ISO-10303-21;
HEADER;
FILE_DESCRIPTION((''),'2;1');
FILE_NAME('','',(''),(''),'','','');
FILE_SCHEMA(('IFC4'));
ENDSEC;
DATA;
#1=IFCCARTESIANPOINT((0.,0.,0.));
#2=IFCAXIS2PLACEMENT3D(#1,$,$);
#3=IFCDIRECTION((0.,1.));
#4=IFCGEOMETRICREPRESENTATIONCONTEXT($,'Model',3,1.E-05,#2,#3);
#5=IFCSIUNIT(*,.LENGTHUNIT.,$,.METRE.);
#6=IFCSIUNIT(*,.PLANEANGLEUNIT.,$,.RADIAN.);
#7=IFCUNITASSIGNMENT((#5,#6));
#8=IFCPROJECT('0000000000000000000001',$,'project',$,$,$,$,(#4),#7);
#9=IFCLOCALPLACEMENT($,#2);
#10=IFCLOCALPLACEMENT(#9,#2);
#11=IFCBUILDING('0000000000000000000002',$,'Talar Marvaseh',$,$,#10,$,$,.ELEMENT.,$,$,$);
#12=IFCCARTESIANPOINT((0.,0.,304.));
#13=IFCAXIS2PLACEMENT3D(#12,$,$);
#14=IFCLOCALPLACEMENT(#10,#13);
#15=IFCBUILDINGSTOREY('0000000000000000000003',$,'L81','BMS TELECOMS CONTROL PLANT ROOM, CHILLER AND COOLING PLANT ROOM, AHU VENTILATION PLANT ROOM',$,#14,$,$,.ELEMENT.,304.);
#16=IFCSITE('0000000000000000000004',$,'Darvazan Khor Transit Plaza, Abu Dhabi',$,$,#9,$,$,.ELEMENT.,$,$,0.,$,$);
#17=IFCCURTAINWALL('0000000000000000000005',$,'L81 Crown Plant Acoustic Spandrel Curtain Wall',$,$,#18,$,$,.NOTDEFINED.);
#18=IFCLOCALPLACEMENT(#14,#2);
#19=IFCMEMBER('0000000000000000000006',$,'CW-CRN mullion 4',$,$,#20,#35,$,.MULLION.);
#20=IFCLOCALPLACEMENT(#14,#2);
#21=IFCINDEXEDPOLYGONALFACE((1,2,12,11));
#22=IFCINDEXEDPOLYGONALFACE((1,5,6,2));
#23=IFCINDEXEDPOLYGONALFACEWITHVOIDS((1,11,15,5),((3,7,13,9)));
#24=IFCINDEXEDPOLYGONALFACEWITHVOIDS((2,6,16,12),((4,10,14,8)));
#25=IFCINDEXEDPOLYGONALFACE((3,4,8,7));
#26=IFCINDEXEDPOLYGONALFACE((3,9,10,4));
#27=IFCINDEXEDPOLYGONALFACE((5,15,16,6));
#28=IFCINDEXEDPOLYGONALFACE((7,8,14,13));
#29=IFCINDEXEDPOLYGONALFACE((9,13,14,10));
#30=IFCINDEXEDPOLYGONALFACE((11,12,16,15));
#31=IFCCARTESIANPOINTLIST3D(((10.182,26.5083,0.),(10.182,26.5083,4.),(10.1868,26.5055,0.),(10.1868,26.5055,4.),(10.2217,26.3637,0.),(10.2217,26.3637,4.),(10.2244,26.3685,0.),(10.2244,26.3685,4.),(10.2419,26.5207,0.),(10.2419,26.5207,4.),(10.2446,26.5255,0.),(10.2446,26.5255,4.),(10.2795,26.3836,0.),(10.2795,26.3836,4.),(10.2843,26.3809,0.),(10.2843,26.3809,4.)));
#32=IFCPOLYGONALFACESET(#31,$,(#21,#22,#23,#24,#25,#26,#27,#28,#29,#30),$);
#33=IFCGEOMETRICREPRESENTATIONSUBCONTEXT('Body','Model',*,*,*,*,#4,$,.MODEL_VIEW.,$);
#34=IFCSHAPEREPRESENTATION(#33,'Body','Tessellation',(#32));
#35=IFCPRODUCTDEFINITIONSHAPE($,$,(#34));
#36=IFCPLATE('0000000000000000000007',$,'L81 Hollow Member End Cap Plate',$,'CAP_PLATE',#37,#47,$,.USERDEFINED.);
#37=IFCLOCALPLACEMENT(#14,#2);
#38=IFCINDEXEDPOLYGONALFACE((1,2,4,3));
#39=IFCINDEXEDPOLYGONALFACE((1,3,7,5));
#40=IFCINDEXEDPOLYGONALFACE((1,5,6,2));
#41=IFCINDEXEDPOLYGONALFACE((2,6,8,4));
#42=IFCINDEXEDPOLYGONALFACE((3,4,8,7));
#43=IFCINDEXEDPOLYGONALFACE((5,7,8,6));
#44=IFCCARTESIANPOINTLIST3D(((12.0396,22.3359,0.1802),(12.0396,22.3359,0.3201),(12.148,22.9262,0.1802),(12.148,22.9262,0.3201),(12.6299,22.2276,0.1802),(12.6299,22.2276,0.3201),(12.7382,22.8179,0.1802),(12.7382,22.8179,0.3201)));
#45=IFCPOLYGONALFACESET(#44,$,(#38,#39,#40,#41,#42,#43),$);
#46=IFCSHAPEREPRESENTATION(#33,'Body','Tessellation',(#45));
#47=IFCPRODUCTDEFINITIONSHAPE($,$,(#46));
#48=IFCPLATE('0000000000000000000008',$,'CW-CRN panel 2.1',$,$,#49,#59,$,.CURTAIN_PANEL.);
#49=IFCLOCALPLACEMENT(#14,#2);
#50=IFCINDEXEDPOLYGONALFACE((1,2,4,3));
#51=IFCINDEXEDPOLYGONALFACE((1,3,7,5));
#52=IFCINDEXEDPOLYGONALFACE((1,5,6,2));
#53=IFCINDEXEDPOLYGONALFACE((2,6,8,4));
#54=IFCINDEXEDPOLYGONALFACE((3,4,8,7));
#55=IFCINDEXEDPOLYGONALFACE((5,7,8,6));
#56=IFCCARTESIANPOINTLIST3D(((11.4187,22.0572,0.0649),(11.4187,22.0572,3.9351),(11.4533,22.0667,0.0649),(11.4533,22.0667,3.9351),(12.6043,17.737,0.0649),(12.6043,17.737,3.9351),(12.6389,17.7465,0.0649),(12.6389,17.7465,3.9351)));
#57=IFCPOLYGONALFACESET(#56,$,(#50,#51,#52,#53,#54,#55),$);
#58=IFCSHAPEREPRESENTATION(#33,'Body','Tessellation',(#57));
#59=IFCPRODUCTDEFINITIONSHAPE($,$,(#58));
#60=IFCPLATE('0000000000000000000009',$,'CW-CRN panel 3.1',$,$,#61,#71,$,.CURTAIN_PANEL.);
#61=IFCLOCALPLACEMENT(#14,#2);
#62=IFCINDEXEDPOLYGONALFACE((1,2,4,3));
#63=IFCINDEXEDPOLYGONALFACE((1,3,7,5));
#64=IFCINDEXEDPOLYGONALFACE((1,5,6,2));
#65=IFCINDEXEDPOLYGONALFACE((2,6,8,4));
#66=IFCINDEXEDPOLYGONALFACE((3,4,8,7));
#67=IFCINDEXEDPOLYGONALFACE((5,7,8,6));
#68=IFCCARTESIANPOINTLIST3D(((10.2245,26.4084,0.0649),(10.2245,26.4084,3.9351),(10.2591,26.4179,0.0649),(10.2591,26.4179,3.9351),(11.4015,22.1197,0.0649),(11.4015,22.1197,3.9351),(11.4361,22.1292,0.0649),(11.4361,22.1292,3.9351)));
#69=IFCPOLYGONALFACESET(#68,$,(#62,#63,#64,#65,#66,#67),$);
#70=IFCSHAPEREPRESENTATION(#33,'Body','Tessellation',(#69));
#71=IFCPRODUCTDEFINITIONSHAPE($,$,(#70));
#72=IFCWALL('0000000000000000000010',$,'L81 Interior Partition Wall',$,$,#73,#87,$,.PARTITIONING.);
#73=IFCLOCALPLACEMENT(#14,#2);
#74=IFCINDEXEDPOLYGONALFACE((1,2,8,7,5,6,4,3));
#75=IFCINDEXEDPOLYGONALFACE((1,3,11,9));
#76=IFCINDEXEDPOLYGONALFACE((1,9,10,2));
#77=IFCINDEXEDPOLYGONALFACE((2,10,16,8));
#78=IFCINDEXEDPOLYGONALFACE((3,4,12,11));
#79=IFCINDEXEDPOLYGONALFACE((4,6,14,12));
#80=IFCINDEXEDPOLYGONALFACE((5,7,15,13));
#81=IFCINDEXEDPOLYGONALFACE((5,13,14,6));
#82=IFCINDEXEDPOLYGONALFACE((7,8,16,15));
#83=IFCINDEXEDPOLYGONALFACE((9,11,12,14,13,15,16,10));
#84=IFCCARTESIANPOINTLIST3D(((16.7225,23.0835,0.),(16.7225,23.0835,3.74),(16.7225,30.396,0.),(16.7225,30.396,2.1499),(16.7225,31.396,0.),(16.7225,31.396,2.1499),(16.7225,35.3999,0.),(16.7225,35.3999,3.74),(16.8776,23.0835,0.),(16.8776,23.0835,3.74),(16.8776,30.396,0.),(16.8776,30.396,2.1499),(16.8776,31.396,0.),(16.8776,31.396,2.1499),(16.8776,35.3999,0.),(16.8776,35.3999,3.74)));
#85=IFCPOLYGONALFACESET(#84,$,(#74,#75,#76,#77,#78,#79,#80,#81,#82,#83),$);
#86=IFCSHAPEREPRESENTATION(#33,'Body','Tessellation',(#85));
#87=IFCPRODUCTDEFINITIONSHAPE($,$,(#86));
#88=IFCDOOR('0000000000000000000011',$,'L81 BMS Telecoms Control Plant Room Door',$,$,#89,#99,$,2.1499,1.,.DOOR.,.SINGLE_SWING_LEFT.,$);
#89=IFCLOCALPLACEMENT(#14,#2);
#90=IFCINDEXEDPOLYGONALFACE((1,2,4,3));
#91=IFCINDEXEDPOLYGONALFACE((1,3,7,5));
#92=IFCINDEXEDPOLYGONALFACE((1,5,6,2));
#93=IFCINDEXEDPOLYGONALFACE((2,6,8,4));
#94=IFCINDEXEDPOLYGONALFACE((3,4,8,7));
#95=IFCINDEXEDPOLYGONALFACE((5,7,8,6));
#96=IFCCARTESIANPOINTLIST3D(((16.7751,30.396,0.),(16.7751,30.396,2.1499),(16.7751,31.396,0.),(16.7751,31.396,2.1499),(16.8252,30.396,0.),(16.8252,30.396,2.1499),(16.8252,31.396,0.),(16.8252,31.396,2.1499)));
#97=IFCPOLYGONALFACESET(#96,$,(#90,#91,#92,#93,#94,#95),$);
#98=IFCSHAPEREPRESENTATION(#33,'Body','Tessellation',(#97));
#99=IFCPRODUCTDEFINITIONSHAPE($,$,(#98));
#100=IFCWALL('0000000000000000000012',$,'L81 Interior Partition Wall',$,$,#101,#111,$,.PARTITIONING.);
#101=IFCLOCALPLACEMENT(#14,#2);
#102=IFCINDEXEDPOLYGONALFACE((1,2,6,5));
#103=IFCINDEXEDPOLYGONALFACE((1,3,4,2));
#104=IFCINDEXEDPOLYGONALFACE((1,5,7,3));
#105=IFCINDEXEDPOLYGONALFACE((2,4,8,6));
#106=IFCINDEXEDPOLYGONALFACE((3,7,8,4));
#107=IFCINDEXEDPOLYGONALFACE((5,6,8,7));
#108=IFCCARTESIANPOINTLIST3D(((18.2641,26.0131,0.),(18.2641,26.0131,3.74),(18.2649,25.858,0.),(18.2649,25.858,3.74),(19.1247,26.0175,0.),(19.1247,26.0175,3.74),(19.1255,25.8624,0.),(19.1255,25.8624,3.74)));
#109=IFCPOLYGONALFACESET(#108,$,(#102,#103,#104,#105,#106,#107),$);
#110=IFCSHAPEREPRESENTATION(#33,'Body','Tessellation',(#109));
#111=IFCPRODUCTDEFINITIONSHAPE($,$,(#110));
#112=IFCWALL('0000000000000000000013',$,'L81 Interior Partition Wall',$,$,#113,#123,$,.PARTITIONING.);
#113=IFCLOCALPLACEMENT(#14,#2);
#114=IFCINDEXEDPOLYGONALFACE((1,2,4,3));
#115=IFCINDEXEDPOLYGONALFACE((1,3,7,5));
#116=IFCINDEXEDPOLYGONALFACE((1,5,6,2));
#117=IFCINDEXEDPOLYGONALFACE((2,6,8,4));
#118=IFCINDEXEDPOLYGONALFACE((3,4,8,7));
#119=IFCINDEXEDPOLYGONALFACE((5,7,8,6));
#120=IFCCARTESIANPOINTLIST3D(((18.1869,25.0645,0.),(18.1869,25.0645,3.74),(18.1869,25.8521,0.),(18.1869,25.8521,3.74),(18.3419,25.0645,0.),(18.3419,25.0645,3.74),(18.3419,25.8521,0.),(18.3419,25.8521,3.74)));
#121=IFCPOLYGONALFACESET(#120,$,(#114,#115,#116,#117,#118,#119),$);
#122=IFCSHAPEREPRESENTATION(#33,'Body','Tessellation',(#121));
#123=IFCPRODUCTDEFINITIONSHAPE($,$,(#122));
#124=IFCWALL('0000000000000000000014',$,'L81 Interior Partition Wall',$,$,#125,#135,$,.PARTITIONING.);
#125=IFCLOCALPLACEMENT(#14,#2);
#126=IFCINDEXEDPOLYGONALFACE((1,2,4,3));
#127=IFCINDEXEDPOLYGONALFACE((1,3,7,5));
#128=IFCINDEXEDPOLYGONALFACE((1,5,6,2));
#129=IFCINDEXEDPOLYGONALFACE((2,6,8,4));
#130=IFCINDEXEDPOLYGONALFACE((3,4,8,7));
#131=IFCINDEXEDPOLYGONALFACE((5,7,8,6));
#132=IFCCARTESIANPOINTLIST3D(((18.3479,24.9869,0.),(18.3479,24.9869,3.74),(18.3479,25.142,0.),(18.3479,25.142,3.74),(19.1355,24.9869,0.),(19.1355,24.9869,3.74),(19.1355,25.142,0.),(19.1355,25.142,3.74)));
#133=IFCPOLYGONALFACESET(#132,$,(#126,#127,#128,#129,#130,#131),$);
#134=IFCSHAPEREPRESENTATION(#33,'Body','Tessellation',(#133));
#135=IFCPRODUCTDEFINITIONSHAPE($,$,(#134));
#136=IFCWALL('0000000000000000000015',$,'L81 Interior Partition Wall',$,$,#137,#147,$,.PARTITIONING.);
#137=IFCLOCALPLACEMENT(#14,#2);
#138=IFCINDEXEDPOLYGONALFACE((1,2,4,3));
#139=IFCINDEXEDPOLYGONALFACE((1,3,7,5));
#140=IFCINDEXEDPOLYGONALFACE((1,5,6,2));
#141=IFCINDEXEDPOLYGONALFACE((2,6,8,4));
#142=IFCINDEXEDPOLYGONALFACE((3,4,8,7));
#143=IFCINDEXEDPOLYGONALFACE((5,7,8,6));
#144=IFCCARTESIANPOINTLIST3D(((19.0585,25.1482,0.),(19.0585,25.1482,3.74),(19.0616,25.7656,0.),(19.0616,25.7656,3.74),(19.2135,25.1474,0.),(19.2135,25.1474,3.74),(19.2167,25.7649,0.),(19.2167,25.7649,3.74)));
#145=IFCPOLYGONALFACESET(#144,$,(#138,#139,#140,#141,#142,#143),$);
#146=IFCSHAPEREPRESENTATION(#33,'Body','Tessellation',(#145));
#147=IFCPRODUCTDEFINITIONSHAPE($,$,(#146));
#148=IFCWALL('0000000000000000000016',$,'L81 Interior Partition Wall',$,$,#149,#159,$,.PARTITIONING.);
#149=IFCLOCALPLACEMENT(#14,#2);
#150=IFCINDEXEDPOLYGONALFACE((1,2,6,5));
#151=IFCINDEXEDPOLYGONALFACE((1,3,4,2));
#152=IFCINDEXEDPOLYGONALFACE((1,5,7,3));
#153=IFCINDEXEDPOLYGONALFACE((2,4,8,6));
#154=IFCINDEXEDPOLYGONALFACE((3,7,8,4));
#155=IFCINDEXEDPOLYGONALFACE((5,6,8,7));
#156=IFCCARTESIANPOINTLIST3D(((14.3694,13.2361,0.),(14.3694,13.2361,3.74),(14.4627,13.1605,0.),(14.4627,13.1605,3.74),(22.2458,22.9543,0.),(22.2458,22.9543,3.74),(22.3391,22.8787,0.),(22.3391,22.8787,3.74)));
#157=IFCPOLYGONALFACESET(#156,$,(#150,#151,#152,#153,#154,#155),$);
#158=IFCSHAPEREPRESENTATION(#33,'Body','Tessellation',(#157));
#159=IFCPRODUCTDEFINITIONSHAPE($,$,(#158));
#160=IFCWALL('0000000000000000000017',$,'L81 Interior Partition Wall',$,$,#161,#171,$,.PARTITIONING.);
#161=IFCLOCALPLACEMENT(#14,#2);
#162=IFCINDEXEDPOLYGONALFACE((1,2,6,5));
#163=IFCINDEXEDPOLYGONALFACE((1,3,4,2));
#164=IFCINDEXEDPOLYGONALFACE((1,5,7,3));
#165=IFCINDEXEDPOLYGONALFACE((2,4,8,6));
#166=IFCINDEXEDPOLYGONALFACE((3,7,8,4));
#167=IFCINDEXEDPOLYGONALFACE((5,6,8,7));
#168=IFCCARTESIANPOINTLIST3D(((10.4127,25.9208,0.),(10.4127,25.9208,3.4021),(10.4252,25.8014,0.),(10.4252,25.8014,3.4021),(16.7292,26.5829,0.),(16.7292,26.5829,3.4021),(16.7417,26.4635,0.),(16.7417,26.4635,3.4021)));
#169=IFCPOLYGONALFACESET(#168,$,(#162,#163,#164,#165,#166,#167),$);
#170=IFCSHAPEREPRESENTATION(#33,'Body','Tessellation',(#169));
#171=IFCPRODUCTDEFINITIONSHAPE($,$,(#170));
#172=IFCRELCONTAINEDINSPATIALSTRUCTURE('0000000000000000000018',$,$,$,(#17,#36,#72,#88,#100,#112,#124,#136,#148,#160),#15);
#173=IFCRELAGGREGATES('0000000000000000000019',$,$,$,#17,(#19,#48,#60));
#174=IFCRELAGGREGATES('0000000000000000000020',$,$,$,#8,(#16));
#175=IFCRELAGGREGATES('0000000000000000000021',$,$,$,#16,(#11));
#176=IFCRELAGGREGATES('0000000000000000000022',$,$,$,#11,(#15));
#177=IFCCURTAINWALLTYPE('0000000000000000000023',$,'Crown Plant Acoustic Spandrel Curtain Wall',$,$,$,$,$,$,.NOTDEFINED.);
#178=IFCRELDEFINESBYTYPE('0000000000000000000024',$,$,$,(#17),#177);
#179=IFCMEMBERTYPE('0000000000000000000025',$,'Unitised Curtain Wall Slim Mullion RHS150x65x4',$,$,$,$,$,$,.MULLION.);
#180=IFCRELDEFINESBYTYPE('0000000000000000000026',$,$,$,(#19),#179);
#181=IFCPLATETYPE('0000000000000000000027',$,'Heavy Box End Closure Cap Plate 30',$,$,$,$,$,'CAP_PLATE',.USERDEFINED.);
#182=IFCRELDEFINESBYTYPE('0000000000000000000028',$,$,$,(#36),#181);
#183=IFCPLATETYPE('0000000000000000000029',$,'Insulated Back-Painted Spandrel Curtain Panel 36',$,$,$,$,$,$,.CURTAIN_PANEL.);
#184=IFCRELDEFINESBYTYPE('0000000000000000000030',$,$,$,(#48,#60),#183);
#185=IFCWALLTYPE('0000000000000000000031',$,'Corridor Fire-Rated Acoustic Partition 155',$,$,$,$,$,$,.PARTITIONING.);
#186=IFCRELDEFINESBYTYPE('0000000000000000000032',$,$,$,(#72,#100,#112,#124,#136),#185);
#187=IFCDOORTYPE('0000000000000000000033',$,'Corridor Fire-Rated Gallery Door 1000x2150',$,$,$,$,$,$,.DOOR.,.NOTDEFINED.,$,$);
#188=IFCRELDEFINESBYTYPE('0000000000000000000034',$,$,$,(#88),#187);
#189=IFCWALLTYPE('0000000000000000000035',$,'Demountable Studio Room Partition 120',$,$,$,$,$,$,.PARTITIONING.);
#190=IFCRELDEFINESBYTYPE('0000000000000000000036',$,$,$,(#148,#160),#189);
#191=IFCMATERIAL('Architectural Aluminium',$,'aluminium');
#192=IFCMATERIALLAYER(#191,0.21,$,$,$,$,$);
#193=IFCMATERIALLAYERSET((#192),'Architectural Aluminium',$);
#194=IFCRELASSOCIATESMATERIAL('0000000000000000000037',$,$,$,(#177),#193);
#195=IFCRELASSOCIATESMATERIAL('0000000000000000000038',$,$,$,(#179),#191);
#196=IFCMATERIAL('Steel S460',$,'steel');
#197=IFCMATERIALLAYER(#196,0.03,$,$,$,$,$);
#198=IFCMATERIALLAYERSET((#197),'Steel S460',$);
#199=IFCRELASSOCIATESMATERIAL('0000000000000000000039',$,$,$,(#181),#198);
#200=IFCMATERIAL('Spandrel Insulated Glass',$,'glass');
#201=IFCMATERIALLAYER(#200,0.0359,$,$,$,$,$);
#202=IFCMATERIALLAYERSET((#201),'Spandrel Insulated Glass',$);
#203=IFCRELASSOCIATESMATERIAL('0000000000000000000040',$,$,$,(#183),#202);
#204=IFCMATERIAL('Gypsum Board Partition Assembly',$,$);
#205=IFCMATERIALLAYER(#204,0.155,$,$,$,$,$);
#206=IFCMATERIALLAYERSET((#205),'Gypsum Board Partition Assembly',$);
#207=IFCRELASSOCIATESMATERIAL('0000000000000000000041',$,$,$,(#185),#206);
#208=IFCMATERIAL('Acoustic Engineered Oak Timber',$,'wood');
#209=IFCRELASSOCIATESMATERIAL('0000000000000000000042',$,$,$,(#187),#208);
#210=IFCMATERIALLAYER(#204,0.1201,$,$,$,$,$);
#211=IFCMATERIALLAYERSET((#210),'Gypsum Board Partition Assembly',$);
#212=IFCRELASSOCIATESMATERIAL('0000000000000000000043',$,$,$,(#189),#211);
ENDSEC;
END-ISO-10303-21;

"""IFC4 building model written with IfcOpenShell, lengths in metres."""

from ifc_helpers import new_model, si_unit, direction, frame, frame_2d, origin, origin_2d, place, context, subcontext, project, spatial, rectangle, hollow_rectangle, extrude, source, transform, mapped, material, layer, layer_set, material_profile, profile_set, type_object, type_shapes, element, fill, aggregate, save


model = new_model("IFC4")

# Units and contexts
model_context = context("Model", 3, precision=1e-05, world=origin(), true_north=direction((0.0, 1.0)))
body_context = subcontext(model_context, "Body", "Model", "MODEL_VIEW")
ifc_project = project(units=[si_unit("LENGTHUNIT", "METRE"), si_unit("PLANEANGLEUNIT", "RADIAN")], contexts=[model_context])

# Site, building, storey
site_placement = place(None, origin())
site = spatial("IfcSite", under=ifc_project, at=site_placement, Name="Darvazan Khor Transit Plaza, Abu Dhabi", CompositionType="ELEMENT", RefElevation=0.0)
building_placement = place(site_placement, origin())
building = spatial("IfcBuilding", under=site, at=building_placement, Name="Talar Marvaseh", CompositionType="ELEMENT")
storey_placement = place(building_placement, frame((0.0, 0.0, 304.0)))
storey = spatial("IfcBuildingStorey", under=building, at=storey_placement, Name="L81", Description="BMS TELECOMS CONTROL PLANT ROOM, CHILLER AND COOLING PLANT ROOM, AHU VENTILATION PLANT ROOM", CompositionType="ELEMENT", Elevation=304.0)

# Shared definitions
ifc_material_1 = material(Name="Steel S460", Category="steel")

# Curtain wall, member
ifc_material_2 = material(Name="Architectural Aluminium", Category="aluminium")
ifc_layer_1 = layer(ifc_material_2, 0.21)
ifc_layer_set_1 = layer_set([ifc_layer_1], Name="Architectural Aluminium")
curtain_wall_type = type_object("IfcCurtainWallType", Name="Crown Plant Acoustic Spandrel Curtain Wall", PredefinedType="NOTDEFINED", material=ifc_layer_set_1)
curtain_wall_placement = place(storey_placement, origin())
curtain_wall = element("IfcCurtainWall", 1, at=curtain_wall_placement, inside=storey, type_object=curtain_wall_type, Name="L81 Crown Plant Acoustic Spandrel Curtain Wall", PredefinedType="NOTDEFINED")
ifc_material_profile_1 = material_profile(ifc_material_2, hollow_rectangle(XDim=0.0649, YDim=0.1499, WallThickness=0.0039, at=origin_2d()), Name="RHS150x65x4")
ifc_profile_set_1 = profile_set([ifc_material_profile_1], Name="Architectural Aluminium")
member_type_1 = type_object("IfcMemberType", Name="Unitised Curtain Wall Slim Mullion RHS150x65x4", PredefinedType="MULLION", material=ifc_profile_set_1)
shared_shape_1 = source(origin(), body_context, "Body", "SweptSolid", [
    extrude(hollow_rectangle(XDim=0.0649, YDim=0.1499, WallThickness=0.0039, at=origin_2d()), origin(), (0.0, 0.0, 1.0), 4.0),
])
type_shapes(member_type_1, [shared_shape_1])
member_1_placement = place(storey_placement, frame((10.2332, 26.4446, 0.0), z_axis=(0.0, 0.0, 1.0), x_axis=(-0.964345, -0.264649, 0.0)))
member_1 = element("IfcMember", 2, at=member_1_placement, type_object=member_type_1, Name="CW-CRN mullion 4", PredefinedType="MULLION", context=body_context, shape_type="MappedRepresentation", body=[
    mapped(shared_shape_1, transform((0.0, 0.0, 0.0), x_axis=(1.0, 0.0, 0.0), y_axis=(0.0, 1.0, 0.0), z_axis=(0.0, 0.0, 1.0), scale=1.0)),
])

# Plates
ifc_layer_2 = layer(ifc_material_1, 0.03)
ifc_layer_set_2 = layer_set([ifc_layer_2], Name="Steel S460")
plate_type_1 = type_object("IfcPlateType", Name="Heavy Box End Closure Cap Plate 30", ElementType="CAP_PLATE", PredefinedType="USERDEFINED", material=ifc_layer_set_2)
shared_shape_2 = source(origin(), body_context, "Body", "SweptSolid", [
    extrude(rectangle(XDim=0.6001, YDim=0.6001, at=origin_2d()), origin(), (0.0, 0.0, 1.0), 0.1399),
])
type_shapes(plate_type_1, [shared_shape_2])
plate_1_placement = place(storey_placement, frame((12.3889, 22.5769, 0.1802), z_axis=(0.0, 0.0, 1.0), x_axis=(0.180519, 0.983571, 0.0)))
element("IfcPlate", 3, at=plate_1_placement, inside=storey, type_object=plate_type_1, Name="L81 Hollow Member End Cap Plate", ObjectType="CAP_PLATE", PredefinedType="USERDEFINED", context=body_context, shape_type="MappedRepresentation", body=[
    mapped(shared_shape_2, transform((0.0, 0.0, 0.0), x_axis=(1.0, 0.0, 0.0), y_axis=(0.0, 1.0, 0.0), z_axis=(0.0, 0.0, 1.0), scale=1.0)),
])
ifc_material_3 = material(Name="Spandrel Insulated Glass", Category="glass")
ifc_layer_3 = layer(ifc_material_3, 0.0359)
ifc_layer_set_3 = layer_set([ifc_layer_3], Name="Spandrel Insulated Glass")
plate_type_2 = type_object("IfcPlateType", Name="Insulated Back-Painted Spandrel Curtain Panel 36", PredefinedType="CURTAIN_PANEL", material=ifc_layer_set_3)
shared_shape_3 = source(origin(), body_context, "Body", "SweptSolid", [
    extrude(rectangle(XDim=4.48, YDim=0.0359, at=origin_2d()), origin(), (0.0, 0.0, 1.0), 3.8701),
])
plate_2_placement = place(storey_placement, frame((12.0288, 19.9019, 0.0649), z_axis=(0.0, 0.0, 1.0), x_axis=(-0.264649, 0.964345, 0.0)))
plate_2 = element("IfcPlate", 4, at=plate_2_placement, type_object=plate_type_2, Name="CW-CRN panel 2.1", PredefinedType="CURTAIN_PANEL", context=body_context, shape_type="MappedRepresentation", body=[
    mapped(shared_shape_3, transform((0.0, 0.0, 0.0), x_axis=(1.0, 0.0, 0.0), y_axis=(0.0, 1.0, 0.0), z_axis=(0.0, 0.0, 1.0), scale=1.0)),
])
shared_shape_4 = source(origin(), body_context, "Body", "SweptSolid", [
    extrude(rectangle(XDim=4.4473, YDim=0.0359, at=origin_2d()), origin(), (0.0, 0.0, 1.0), 3.8701),
])
type_shapes(plate_type_2, [shared_shape_3, shared_shape_4])
plate_3_placement = place(storey_placement, frame((10.8303, 24.2688, 0.0649), z_axis=(0.0, 0.0, 1.0), x_axis=(-0.264649, 0.964345, 0.0)))
plate_3 = element("IfcPlate", 5, at=plate_3_placement, type_object=plate_type_2, Name="CW-CRN panel 3.1", PredefinedType="CURTAIN_PANEL", context=body_context, shape_type="MappedRepresentation", body=[
    mapped(shared_shape_4, transform((0.0, 0.0, 0.0), x_axis=(1.0, 0.0, 0.0), y_axis=(0.0, 1.0, 0.0), z_axis=(0.0, 0.0, 1.0), scale=1.0)),
])
aggregate(curtain_wall, [member_1, plate_2, plate_3])

# Wall, opening, door
ifc_material_4 = material(Name="Gypsum Board Partition Assembly")
ifc_layer_4 = layer(ifc_material_4, 0.155)
ifc_layer_set_4 = layer_set([ifc_layer_4], Name="Gypsum Board Partition Assembly")
wall_type_1 = type_object("IfcWallType", Name="Corridor Fire-Rated Acoustic Partition 155", PredefinedType="PARTITIONING", material=ifc_layer_set_4)
wall_1_placement = place(storey_placement, frame((16.8, 23.0835, 0.0), z_axis=(0.0, 0.0, 1.0), x_axis=(0.0, 1.0, 0.0)))
wall_1 = element("IfcWall", 6, at=wall_1_placement, inside=storey, type_object=wall_type_1, Name="L81 Interior Partition Wall", PredefinedType="PARTITIONING", context=body_context, shape_type="SweptSolid", body=[
    extrude(rectangle(XDim=12.3164, YDim=0.155, at=frame_2d((6.1582, 0.0))), origin(), (0.0, 0.0, 1.0), 3.74),
])
opening_placement = place(wall_1_placement, frame((7.3125, 0.0, 0.0)))
opening = element("IfcOpeningElement", 7, at=opening_placement, cuts=wall_1, PredefinedType="OPENING", context=body_context, shape_type="SweptSolid", body=[
    extrude(rectangle(XDim=1.0, YDim=2.1499, at=frame_2d((0.5, 1.075))), frame((0.0, 0.0874, 0.0), z_axis=(0.0, -1.0, 0.0), x_axis=(1.0, 0.0, 0.0)), (0.0, 0.0, 1.0), 0.175),
])
ifc_material_5 = material(Name="Acoustic Engineered Oak Timber", Category="wood")
door_type = type_object("IfcDoorType", Name="Corridor Fire-Rated Gallery Door 1000x2150", OperationType="NOTDEFINED", PredefinedType="DOOR", material=ifc_material_5)
shared_shape_5 = source(origin(), body_context, "Body", "SweptSolid", [
    extrude(rectangle(XDim=1.0, YDim=2.1499, at=frame_2d((0.5, 1.075))), frame((0.0, 0.0249, 0.0), z_axis=(0.0, -1.0, 0.0), x_axis=(1.0, 0.0, 0.0)), (0.0, 0.0, 1.0), 0.05),
])
type_shapes(door_type, [shared_shape_5])
door_placement = place(opening_placement, origin())
door = element("IfcDoor", 8, at=door_placement, inside=storey, type_object=door_type, Name="L81 BMS Telecoms Control Plant Room Door", OperationType="SINGLE_SWING_LEFT", OverallHeight=2.1499, OverallWidth=1.0, PredefinedType="DOOR", context=body_context, shape_type="MappedRepresentation", body=[
    mapped(shared_shape_5, transform((0.0, 0.0, 0.0), x_axis=(1.0, 0.0, 0.0), y_axis=(0.0, 1.0, 0.0), z_axis=(0.0, 0.0, 1.0), scale=1.0)),
])
fill(opening, door)

# Walls
wall_2_placement = place(storey_placement, frame((19.125, 25.9399, 0.0), z_axis=(0.0, 0.0, 1.0), x_axis=(-0.999987, -0.005106, 0.0)))
element("IfcWall", 9, at=wall_2_placement, inside=storey, type_object=wall_type_1, Name="L81 Interior Partition Wall", PredefinedType="PARTITIONING", context=body_context, shape_type="SweptSolid", body=[
    extrude(rectangle(XDim=0.8606, YDim=0.155, at=frame_2d((0.4302, 0.0))), origin(), (0.0, 0.0, 1.0), 3.74),
])
for number, where, z_axis, x_axis, name in (
    (10, (18.2644, 25.8521, 0.0), (0.0, 0.0, 1.0), (0.0, -1.0, 0.0), "L81 Interior Partition Wall"),
    (11, (18.3479, 25.0645, 0.0), (0.0, 0.0, 1.0), (1.0, 0.0, 0.0), "L81 Interior Partition Wall"),
):
    element("IfcWall", number, at=place(storey_placement, frame(where, z_axis=z_axis, x_axis=x_axis)), inside=storey, type_object=wall_type_1, Name=name, PredefinedType="PARTITIONING", context=body_context, shape_type="SweptSolid", body=[
        extrude(rectangle(XDim=0.7876, YDim=0.155, at=frame_2d((0.3938, 0.0))), origin(), (0.0, 0.0, 1.0), 3.74),
    ])
wall_3_placement = place(storey_placement, frame((19.136, 25.1479, 0.0), z_axis=(0.0, 0.0, 1.0), x_axis=(0.00514, 0.999987, 0.0)))
element("IfcWall", 12, at=wall_3_placement, inside=storey, type_object=wall_type_1, Name="L81 Interior Partition Wall", PredefinedType="PARTITIONING", context=body_context, shape_type="SweptSolid", body=[
    extrude(rectangle(XDim=0.6174, YDim=0.155, at=frame_2d((0.3086, 0.0))), origin(), (0.0, 0.0, 1.0), 3.74),
])
ifc_layer_5 = layer(ifc_material_4, 0.1201)
ifc_layer_set_5 = layer_set([ifc_layer_5], Name="Gypsum Board Partition Assembly")
wall_type_2 = type_object("IfcWallType", Name="Demountable Studio Room Partition 120", PredefinedType="PARTITIONING", material=ifc_layer_set_5)
wall_4_placement = place(storey_placement, frame((22.2925, 22.9165, 0.0), z_axis=(0.0, 0.0, 1.0), x_axis=(-0.629647, -0.776881, 0.0)))
element("IfcWall", 13, at=wall_4_placement, inside=storey, type_object=wall_type_2, Name="L81 Interior Partition Wall", PredefinedType="PARTITIONING", context=body_context, shape_type="SweptSolid", body=[
    extrude(rectangle(XDim=12.5093, YDim=0.1201, at=frame_2d((6.2546, 0.0))), origin(), (0.0, 0.0, 1.0), 3.74),
])
wall_5_placement = place(storey_placement, frame((10.4189, 25.8611, 0.0), z_axis=(0.0, 0.0, 1.0), x_axis=(0.994551, 0.104253, 0.0)))
element("IfcWall", 14, at=wall_5_placement, inside=storey, type_object=wall_type_2, Name="L81 Interior Partition Wall", PredefinedType="PARTITIONING", context=body_context, shape_type="SweptSolid", body=[
    extrude(rectangle(XDim=6.3511, YDim=0.1201, at=frame_2d((3.1755, 0.0))), origin(), (0.0, 0.0, 1.0), 3.4021),
])

save(model, "model.ifc")
